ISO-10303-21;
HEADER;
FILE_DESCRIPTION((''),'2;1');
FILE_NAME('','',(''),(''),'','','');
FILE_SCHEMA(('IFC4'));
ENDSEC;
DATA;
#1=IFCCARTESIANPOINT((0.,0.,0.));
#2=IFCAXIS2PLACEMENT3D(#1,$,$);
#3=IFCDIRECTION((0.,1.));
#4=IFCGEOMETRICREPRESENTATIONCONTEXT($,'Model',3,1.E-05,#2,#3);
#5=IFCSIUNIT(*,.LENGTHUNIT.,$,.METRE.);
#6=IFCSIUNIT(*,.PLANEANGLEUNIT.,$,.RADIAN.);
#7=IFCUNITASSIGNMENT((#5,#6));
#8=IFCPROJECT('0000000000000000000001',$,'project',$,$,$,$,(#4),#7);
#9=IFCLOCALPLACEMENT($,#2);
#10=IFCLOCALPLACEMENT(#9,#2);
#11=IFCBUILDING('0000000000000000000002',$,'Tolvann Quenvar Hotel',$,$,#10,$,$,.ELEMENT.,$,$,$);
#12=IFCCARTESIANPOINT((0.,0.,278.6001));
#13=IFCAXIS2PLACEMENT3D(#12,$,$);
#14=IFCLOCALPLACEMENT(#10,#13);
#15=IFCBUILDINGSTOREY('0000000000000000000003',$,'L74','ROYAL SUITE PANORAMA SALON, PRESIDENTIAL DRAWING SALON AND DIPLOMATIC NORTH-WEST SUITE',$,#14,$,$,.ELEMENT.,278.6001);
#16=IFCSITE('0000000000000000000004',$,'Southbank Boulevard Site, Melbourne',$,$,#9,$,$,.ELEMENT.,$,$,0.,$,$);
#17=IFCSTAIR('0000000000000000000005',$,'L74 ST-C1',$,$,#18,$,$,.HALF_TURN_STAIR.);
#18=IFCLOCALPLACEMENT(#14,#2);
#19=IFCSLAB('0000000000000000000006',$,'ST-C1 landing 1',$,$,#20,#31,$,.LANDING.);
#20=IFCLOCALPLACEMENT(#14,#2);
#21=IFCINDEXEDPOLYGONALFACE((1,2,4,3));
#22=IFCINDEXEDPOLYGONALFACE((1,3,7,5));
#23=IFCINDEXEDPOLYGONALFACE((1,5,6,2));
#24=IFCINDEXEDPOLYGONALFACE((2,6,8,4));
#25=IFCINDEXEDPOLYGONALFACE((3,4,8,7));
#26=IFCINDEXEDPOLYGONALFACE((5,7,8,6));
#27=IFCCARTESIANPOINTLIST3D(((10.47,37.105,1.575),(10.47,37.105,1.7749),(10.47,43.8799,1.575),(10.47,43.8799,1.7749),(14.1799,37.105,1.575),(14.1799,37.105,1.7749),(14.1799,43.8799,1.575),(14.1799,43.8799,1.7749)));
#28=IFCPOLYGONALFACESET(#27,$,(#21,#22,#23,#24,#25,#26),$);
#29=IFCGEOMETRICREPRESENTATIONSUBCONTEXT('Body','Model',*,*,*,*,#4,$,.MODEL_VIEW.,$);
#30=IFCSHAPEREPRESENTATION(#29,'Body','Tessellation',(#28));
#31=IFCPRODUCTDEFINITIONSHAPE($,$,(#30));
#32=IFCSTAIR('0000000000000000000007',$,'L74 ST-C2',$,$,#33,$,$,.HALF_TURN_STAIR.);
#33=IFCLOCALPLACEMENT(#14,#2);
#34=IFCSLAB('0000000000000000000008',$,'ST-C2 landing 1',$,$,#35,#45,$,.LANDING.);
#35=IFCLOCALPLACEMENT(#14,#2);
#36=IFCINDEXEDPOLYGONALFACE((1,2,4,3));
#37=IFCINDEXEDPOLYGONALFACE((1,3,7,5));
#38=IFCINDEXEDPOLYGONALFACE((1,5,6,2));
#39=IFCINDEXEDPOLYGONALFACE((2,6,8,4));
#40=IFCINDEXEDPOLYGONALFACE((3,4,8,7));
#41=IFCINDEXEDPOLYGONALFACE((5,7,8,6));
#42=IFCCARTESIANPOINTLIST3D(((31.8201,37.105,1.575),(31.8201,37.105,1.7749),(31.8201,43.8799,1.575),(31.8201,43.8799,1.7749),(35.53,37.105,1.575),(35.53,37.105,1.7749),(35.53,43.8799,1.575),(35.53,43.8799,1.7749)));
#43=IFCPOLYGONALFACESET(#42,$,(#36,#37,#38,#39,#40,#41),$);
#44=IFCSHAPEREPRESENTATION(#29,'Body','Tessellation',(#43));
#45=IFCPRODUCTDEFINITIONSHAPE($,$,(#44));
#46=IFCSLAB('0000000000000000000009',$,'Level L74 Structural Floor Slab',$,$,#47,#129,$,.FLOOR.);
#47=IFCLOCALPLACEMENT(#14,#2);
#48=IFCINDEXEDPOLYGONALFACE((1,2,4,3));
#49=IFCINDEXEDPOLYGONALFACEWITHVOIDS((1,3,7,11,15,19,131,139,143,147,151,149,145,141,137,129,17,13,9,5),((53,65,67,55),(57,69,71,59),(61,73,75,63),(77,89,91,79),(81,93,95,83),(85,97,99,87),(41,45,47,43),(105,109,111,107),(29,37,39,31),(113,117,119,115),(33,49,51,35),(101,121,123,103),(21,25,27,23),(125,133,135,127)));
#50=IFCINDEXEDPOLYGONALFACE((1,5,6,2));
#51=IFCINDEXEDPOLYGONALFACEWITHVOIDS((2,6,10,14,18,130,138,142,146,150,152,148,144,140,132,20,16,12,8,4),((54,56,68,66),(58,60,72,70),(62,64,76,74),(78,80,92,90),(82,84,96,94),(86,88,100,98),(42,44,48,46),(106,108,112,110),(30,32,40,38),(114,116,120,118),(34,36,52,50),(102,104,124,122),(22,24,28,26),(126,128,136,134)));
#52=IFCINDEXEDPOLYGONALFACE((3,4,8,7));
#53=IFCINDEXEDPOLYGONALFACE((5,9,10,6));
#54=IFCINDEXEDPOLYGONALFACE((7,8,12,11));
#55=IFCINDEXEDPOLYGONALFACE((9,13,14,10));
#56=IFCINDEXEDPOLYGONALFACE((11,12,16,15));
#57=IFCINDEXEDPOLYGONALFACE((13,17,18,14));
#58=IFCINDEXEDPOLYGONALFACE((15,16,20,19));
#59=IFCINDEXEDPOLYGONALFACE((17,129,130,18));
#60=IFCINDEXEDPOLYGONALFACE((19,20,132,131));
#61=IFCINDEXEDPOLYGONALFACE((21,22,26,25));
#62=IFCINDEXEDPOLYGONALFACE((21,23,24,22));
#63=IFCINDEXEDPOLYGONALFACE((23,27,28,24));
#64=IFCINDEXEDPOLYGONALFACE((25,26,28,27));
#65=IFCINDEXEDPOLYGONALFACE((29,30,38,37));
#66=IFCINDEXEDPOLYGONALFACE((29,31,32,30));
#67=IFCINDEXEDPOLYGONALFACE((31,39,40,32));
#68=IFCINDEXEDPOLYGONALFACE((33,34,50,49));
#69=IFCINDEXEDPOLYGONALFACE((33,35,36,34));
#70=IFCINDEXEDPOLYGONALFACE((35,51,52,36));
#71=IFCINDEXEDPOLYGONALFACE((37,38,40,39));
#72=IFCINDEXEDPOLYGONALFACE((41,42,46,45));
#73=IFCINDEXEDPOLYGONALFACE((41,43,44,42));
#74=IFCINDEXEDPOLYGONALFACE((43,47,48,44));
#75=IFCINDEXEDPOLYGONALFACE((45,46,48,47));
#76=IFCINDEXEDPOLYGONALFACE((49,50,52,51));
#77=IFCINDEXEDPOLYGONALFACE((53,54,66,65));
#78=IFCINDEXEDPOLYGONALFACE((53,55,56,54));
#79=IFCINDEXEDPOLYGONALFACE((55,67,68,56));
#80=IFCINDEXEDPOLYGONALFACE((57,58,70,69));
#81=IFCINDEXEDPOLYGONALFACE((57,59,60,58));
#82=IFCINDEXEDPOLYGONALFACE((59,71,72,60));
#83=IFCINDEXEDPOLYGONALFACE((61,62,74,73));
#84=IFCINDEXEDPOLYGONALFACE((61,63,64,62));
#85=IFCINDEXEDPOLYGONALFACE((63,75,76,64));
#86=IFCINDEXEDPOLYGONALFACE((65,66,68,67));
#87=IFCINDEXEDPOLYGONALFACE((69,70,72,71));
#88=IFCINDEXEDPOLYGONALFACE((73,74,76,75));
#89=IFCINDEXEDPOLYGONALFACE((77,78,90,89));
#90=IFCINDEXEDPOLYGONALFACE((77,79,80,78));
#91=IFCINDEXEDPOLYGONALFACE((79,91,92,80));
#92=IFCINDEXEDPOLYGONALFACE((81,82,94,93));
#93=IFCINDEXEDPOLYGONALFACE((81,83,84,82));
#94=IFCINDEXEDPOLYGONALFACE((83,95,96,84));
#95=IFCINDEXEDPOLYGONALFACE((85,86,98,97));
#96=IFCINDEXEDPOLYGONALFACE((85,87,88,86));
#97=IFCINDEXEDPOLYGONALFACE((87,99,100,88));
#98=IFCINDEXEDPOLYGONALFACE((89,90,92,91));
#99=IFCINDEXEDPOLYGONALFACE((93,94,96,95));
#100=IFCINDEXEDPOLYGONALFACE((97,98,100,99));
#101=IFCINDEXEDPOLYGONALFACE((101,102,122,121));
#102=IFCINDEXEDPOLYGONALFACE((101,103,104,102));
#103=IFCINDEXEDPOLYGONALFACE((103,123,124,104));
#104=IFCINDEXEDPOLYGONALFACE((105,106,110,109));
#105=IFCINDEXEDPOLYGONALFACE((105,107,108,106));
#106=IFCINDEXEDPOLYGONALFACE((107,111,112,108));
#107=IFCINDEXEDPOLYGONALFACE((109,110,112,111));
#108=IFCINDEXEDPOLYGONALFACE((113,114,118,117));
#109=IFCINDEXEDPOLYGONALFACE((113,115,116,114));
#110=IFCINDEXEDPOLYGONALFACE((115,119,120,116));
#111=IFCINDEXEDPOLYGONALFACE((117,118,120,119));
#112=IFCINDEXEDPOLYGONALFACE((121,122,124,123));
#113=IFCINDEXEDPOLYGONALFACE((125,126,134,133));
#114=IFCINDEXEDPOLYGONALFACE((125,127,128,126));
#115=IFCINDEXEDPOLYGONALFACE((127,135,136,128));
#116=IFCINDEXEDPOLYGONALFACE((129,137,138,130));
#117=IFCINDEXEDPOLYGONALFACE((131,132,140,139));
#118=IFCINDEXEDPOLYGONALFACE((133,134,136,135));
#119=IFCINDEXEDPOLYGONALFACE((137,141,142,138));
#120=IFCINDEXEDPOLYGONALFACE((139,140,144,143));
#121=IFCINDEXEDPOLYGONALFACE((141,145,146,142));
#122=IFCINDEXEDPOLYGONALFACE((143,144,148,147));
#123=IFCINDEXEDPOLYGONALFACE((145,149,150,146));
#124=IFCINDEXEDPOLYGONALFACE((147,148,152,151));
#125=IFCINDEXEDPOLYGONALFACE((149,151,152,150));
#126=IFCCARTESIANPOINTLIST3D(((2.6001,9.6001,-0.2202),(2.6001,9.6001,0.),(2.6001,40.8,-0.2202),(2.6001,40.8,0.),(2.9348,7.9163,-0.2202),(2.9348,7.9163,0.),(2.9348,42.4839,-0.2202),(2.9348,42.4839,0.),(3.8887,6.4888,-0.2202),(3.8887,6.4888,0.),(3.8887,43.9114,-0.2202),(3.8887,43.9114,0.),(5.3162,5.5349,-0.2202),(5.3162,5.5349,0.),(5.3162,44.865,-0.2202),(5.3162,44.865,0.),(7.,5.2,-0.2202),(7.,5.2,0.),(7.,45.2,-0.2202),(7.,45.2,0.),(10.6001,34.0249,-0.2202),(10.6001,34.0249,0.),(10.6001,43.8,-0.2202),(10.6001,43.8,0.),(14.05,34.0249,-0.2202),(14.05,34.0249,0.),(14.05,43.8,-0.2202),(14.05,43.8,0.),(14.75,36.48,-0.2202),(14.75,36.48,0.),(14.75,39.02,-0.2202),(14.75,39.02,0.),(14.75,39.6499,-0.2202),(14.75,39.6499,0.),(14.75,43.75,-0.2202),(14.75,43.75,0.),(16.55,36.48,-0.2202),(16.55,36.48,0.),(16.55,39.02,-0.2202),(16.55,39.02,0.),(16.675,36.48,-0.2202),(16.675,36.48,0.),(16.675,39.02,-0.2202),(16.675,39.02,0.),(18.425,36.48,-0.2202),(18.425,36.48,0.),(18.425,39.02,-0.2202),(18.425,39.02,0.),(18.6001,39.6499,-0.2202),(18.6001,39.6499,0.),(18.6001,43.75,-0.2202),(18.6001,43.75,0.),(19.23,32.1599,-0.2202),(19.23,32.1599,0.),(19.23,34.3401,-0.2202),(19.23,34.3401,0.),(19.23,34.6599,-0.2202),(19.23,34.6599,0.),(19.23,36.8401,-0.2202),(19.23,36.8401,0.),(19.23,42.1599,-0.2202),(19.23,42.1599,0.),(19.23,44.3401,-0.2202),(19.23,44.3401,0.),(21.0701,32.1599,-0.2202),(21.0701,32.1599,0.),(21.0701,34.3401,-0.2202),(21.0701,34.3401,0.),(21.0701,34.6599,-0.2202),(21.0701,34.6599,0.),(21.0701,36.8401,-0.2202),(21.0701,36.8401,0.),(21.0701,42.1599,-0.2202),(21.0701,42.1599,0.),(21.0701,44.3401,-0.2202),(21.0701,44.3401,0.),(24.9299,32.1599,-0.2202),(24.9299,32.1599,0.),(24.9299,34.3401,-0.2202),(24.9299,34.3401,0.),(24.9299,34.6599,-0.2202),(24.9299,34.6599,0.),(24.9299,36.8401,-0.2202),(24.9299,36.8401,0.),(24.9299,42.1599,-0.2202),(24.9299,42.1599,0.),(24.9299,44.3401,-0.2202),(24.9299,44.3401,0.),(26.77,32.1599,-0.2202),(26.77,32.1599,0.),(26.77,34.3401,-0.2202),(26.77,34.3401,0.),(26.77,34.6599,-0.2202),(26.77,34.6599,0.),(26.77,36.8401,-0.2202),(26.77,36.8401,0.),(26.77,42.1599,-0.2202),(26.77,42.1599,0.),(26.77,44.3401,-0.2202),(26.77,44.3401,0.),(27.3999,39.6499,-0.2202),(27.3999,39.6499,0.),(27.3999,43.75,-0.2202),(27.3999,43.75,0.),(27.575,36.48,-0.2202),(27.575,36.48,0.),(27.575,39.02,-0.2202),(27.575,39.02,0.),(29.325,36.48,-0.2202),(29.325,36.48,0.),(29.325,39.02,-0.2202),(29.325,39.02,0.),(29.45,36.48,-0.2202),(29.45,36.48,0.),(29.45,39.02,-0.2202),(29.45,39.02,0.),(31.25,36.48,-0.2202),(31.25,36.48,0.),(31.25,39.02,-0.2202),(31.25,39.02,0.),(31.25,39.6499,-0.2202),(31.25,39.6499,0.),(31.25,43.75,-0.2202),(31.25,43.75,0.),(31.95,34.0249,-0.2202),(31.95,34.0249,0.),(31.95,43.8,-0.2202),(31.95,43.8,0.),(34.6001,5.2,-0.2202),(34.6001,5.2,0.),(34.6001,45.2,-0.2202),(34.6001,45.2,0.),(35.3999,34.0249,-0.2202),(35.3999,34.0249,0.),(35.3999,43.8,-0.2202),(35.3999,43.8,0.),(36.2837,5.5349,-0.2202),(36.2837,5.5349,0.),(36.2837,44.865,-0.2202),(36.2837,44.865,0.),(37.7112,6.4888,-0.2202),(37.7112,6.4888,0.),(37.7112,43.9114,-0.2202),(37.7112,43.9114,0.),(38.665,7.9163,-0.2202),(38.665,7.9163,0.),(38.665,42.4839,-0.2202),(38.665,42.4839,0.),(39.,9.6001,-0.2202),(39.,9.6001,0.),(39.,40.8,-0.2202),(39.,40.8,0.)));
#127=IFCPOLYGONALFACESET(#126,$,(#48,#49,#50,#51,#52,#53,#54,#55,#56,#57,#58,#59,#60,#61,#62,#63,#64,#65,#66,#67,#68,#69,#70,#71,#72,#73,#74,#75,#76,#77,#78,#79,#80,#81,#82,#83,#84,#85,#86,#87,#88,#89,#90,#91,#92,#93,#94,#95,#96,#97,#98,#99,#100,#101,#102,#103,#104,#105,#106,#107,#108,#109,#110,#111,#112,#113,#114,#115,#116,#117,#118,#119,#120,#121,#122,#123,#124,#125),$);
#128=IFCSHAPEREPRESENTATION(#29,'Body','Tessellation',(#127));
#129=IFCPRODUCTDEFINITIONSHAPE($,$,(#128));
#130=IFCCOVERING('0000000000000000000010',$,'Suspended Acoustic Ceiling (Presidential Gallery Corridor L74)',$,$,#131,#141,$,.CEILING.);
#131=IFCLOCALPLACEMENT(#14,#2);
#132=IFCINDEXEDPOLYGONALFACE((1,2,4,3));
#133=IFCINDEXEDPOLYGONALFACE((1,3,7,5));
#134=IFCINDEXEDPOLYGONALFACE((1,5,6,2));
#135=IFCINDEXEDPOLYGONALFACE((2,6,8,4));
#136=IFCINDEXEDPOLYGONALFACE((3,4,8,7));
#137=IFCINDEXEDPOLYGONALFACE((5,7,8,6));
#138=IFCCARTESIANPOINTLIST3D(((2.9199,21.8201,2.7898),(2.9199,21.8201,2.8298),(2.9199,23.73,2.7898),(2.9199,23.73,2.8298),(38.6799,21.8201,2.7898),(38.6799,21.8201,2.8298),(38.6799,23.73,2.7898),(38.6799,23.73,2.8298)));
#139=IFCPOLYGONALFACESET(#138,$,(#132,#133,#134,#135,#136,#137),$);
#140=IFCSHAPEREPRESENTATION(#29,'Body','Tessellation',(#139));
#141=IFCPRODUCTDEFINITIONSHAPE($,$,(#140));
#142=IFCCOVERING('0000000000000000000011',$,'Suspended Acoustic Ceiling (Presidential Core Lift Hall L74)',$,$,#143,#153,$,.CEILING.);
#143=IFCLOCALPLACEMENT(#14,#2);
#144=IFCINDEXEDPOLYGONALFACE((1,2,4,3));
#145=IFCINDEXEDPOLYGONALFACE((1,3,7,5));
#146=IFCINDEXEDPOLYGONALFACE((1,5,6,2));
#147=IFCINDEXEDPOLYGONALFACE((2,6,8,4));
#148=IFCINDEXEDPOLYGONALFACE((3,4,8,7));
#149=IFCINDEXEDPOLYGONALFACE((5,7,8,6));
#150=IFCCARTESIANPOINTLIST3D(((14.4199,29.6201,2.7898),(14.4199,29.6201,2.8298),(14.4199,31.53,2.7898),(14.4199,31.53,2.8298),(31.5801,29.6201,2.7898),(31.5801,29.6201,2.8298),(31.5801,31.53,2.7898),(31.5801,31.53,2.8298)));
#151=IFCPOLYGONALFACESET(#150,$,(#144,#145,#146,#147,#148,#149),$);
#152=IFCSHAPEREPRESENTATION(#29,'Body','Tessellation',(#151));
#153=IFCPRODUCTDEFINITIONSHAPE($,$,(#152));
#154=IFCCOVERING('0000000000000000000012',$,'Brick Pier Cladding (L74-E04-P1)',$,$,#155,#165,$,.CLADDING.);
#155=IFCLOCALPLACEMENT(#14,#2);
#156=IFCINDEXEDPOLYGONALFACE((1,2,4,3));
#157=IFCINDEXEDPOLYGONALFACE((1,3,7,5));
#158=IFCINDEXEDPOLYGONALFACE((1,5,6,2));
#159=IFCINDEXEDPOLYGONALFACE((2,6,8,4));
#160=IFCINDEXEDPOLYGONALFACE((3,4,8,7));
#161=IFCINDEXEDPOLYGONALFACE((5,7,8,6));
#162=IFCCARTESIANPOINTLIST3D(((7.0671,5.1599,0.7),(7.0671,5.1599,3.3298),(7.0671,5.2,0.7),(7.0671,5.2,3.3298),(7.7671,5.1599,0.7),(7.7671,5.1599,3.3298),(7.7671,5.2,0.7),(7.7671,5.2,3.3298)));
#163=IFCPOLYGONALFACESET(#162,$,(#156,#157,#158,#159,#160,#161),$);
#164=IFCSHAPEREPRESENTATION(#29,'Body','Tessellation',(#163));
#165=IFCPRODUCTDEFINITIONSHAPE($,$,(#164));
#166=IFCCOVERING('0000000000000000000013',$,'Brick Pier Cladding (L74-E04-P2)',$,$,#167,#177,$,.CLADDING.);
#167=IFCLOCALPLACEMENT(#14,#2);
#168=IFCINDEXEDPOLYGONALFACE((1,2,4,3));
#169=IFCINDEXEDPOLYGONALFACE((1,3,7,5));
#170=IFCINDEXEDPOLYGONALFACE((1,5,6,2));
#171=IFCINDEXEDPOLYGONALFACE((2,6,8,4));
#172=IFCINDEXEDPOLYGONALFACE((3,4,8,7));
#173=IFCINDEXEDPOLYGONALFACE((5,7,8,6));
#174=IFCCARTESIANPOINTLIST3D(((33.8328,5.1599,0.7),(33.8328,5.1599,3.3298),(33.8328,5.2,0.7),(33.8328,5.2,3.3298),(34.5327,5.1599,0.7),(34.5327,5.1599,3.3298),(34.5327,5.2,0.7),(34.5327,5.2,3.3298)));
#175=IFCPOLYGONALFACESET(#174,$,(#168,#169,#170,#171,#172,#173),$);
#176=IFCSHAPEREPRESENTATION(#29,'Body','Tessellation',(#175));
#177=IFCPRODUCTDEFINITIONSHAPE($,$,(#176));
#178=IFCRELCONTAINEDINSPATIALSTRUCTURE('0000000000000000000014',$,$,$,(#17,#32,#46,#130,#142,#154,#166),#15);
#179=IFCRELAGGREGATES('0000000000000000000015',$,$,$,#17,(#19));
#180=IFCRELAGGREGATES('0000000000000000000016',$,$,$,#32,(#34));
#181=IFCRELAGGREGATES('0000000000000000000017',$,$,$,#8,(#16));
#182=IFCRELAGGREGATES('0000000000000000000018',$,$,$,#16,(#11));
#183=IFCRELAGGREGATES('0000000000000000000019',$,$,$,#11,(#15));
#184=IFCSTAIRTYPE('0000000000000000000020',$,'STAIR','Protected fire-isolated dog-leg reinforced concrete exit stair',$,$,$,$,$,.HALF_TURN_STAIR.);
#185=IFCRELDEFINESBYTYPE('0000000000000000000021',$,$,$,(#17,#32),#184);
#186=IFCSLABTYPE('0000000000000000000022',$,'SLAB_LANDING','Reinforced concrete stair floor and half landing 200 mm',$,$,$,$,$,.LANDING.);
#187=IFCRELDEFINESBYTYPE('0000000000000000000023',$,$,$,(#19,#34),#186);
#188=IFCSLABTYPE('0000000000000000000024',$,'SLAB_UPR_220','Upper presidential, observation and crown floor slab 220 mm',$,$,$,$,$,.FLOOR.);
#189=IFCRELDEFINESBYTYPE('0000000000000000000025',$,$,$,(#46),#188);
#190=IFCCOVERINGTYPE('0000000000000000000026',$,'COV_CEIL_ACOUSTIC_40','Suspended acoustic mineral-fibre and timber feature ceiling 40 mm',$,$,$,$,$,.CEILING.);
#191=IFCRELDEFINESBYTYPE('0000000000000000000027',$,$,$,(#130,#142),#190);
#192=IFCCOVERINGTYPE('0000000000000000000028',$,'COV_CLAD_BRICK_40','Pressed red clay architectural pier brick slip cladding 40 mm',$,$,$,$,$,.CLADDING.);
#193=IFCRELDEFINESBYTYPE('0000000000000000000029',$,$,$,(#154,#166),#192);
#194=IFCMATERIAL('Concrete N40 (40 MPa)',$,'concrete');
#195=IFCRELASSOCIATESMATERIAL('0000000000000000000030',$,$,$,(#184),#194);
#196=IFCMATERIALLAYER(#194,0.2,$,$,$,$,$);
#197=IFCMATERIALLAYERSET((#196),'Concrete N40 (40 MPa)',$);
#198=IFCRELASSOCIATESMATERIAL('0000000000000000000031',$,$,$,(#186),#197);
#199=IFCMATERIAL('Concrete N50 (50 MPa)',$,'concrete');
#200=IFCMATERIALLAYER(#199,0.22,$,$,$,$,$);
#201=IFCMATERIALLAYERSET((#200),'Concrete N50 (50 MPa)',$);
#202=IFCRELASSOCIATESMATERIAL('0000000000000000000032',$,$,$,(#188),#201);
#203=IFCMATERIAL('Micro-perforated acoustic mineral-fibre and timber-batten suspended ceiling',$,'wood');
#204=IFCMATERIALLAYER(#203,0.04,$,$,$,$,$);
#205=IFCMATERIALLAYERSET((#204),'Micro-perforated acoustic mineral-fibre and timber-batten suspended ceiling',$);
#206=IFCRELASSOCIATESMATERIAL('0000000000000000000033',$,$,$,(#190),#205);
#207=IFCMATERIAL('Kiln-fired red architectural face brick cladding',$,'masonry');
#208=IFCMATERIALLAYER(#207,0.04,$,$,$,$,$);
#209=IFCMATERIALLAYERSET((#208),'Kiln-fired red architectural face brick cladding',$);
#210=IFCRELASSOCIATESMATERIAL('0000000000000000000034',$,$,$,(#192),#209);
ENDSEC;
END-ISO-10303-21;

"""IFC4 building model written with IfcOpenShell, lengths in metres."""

from ifc_helpers import new_model, si_unit, direction, frame, origin, place, context, subcontext, project, spatial, polyline, outline, extrude, material, layer, layer_set, type_object, element, aggregate, save


model = new_model("IFC4")

# Units and contexts
model_context = context("Model", 3, precision=1e-05, world=origin(), true_north=direction((0.0, 1.0)))
body_context = subcontext(model_context, "Body", "Model", "MODEL_VIEW")
ifc_project = project(units=[si_unit("LENGTHUNIT", "METRE"), si_unit("PLANEANGLEUNIT", "RADIAN")], contexts=[model_context])

# Site, building, storey
site_placement = place(None, origin())
site = spatial("IfcSite", under=ifc_project, at=site_placement, Name="Southbank Boulevard Site, Melbourne", CompositionType="ELEMENT", RefElevation=0.0)
building_placement = place(site_placement, origin())
building = spatial("IfcBuilding", under=site, at=building_placement, Name="Tolvann Quenvar Hotel", CompositionType="ELEMENT")
storey_placement = place(building_placement, frame((0.0, 0.0, 278.6001)))
storey = spatial("IfcBuildingStorey", under=building, at=storey_placement, Name="L74", Description="ROYAL SUITE PANORAMA SALON, PRESIDENTIAL DRAWING SALON AND DIPLOMATIC NORTH-WEST SUITE", CompositionType="ELEMENT", Elevation=278.6001)

# Stairs, slabs
ifc_material_1 = material(Name="Concrete N40 (40 MPa)", Category="concrete")
stair_type = type_object("IfcStairType", Name="STAIR", Description="Protected fire-isolated dog-leg reinforced concrete exit stair", PredefinedType="HALF_TURN_STAIR", material=ifc_material_1)
stair_1_placement = place(storey_placement, origin())
stair_1 = element("IfcStair", 1, at=stair_1_placement, inside=storey, type_object=stair_type, Name="L74 ST-C1", PredefinedType="HALF_TURN_STAIR")
ifc_layer_1 = layer(ifc_material_1, 0.2)
ifc_layer_set_1 = layer_set([ifc_layer_1], Name="Concrete N40 (40 MPa)")
slab_type_1 = type_object("IfcSlabType", Name="SLAB_LANDING", Description="Reinforced concrete stair floor and half landing 200 mm", PredefinedType="LANDING", material=ifc_layer_set_1)
slab_1_placement = place(storey_placement, frame((0.0, 0.0, 1.575)))
slab_1 = element("IfcSlab", 2, at=slab_1_placement, type_object=slab_type_1, Name="ST-C1 landing 1", PredefinedType="LANDING", context=body_context, shape_type="SweptSolid", body=[
    extrude(outline(polyline([(14.1799, 37.105), (14.1799, 43.8799), (10.47, 43.8799), (10.47, 37.105), (14.1799, 37.105)])), origin(), (0.0, 0.0, 1.0), 0.2),
])
aggregate(stair_1, [slab_1])
stair_2_placement = place(storey_placement, origin())
stair_2 = element("IfcStair", 3, at=stair_2_placement, inside=storey, type_object=stair_type, Name="L74 ST-C2", PredefinedType="HALF_TURN_STAIR")
slab_2_placement = place(storey_placement, frame((0.0, 0.0, 1.575)))
slab_2 = element("IfcSlab", 4, at=slab_2_placement, type_object=slab_type_1, Name="ST-C2 landing 1", PredefinedType="LANDING", context=body_context, shape_type="SweptSolid", body=[
    extrude(outline(polyline([(35.53, 37.105), (35.53, 43.8799), (31.8201, 43.8799), (31.8201, 37.105), (35.53, 37.105)])), origin(), (0.0, 0.0, 1.0), 0.2),
])
aggregate(stair_2, [slab_2])

# Slab
ifc_material_2 = material(Name="Concrete N50 (50 MPa)", Category="concrete")
ifc_layer_2 = layer(ifc_material_2, 0.22)
ifc_layer_set_2 = layer_set([ifc_layer_2], Name="Concrete N50 (50 MPa)")
slab_type_2 = type_object("IfcSlabType", Name="SLAB_UPR_220", Description="Upper presidential, observation and crown floor slab 220 mm", PredefinedType="FLOOR", material=ifc_layer_set_2)
slab_3_placement = place(storey_placement, frame((0.0, 0.0, -0.2202)))
element("IfcSlab", 5, at=slab_3_placement, inside=storey, type_object=slab_type_2, Name="Level L74 Structural Floor Slab", PredefinedType="FLOOR", context=body_context, shape_type="SweptSolid", body=[
    extrude(outline(polyline([(2.6001, 9.6001), (2.9348, 7.9163), (3.8887, 6.4888), (5.3162, 5.5349), (7.0, 5.2), (34.6001, 5.2), (36.2837, 5.5349), (37.7112, 6.4888), (38.665, 7.9163), (39.0, 9.6001), (39.0, 40.8), (38.665, 42.4839), (37.7112, 43.9114), (36.2837, 44.865), (34.6001, 45.2), (7.0, 45.2), (5.3162, 44.865), (3.8887, 43.9114), (2.9348, 42.4839), (2.6001, 40.8), (2.6001, 9.6001)]), holes=[polyline([(31.95, 34.0249), (31.95, 43.8), (35.3999, 43.8), (35.3999, 34.0249), (31.95, 34.0249)]), polyline([(27.3999, 43.75), (31.25, 43.75), (31.25, 39.6499), (27.3999, 39.6499), (27.3999, 43.75)]), polyline([(29.45, 39.02), (31.25, 39.02), (31.25, 36.48), (29.45, 36.48), (29.45, 39.02)]), polyline([(27.575, 39.02), (29.325, 39.02), (29.325, 36.48), (27.575, 36.48), (27.575, 39.02)]), polyline([(24.9299, 36.8401), (26.77, 36.8401), (26.77, 34.6599), (24.9299, 34.6599), (24.9299, 36.8401)]), polyline([(24.9299, 44.3401), (26.77, 44.3401), (26.77, 42.1599), (24.9299, 42.1599), (24.9299, 44.3401)]), polyline([(24.9299, 32.1599), (24.9299, 34.3401), (26.77, 34.3401), (26.77, 32.1599), (24.9299, 32.1599)]), polyline([(19.23, 36.8401), (21.0701, 36.8401), (21.0701, 34.6599), (19.23, 34.6599), (19.23, 36.8401)]), polyline([(19.23, 44.3401), (21.0701, 44.3401), (21.0701, 42.1599), (19.23, 42.1599), (19.23, 44.3401)]), polyline([(19.23, 32.1599), (19.23, 34.3401), (21.0701, 34.3401), (21.0701, 32.1599), (19.23, 32.1599)]), polyline([(14.75, 43.75), (18.6001, 43.75), (18.6001, 39.6499), (14.75, 39.6499), (14.75, 43.75)]), polyline([(16.675, 39.02), (18.425, 39.02), (18.425, 36.48), (16.675, 36.48), (16.675, 39.02)]), polyline([(14.75, 39.02), (16.55, 39.02), (16.55, 36.48), (14.75, 36.48), (14.75, 39.02)]), polyline([(10.6001, 34.0249), (10.6001, 43.8), (14.05, 43.8), (14.05, 34.0249), (10.6001, 34.0249)])]), origin(), (0.0, 0.0, 1.0), 0.2202),
])

# Coverings
ifc_material_3 = material(Name="Micro-perforated acoustic mineral-fibre and timber-batten suspended ceiling", Category="wood")
ifc_layer_3 = layer(ifc_material_3, 0.04)
ifc_layer_set_3 = layer_set([ifc_layer_3], Name="Micro-perforated acoustic mineral-fibre and timber-batten suspended ceiling")
covering_type_1 = type_object("IfcCoveringType", Name="COV_CEIL_ACOUSTIC_40", Description="Suspended acoustic mineral-fibre and timber feature ceiling 40 mm", PredefinedType="CEILING", material=ifc_layer_set_3)
covering_1_placement = place(storey_placement, frame((0.0, 0.0, 2.7898)))
element("IfcCovering", 6, at=covering_1_placement, inside=storey, type_object=covering_type_1, Name="Suspended Acoustic Ceiling (Presidential Gallery Corridor L74)", PredefinedType="CEILING", context=body_context, shape_type="SweptSolid", body=[
    extrude(outline(polyline([(2.9199, 21.8201), (38.6799, 21.8201), (38.6799, 23.73), (2.9199, 23.73), (2.9199, 21.8201)])), origin(), (0.0, 0.0, 1.0), 0.04),
])
covering_2_placement = place(storey_placement, frame((0.0, 0.0, 2.7898)))
element("IfcCovering", 7, at=covering_2_placement, inside=storey, type_object=covering_type_1, Name="Suspended Acoustic Ceiling (Presidential Core Lift Hall L74)", PredefinedType="CEILING", context=body_context, shape_type="SweptSolid", body=[
    extrude(outline(polyline([(14.4199, 29.6201), (31.5801, 29.6201), (31.5801, 31.53), (14.4199, 31.53), (14.4199, 29.6201)])), origin(), (0.0, 0.0, 1.0), 0.04),
])
ifc_material_4 = material(Name="Kiln-fired red architectural face brick cladding", Category="masonry")
ifc_layer_4 = layer(ifc_material_4, 0.04)
ifc_layer_set_4 = layer_set([ifc_layer_4], Name="Kiln-fired red architectural face brick cladding")
covering_type_2 = type_object("IfcCoveringType", Name="COV_CLAD_BRICK_40", Description="Pressed red clay architectural pier brick slip cladding 40 mm", PredefinedType="CLADDING", material=ifc_layer_set_4)
covering_3_placement = place(storey_placement, frame((0.0, 0.0, 0.7)))
element("IfcCovering", 8, at=covering_3_placement, inside=storey, type_object=covering_type_2, Name="Brick Pier Cladding (L74-E04-P1)", PredefinedType="CLADDING", context=body_context, shape_type="SweptSolid", body=[
    extrude(outline(polyline([(7.0671, 5.2), (7.7671, 5.2), (7.7671, 5.1599), (7.0671, 5.1599), (7.0671, 5.2)])), origin(), (0.0, 0.0, 1.0), 2.6299),
])
covering_4_placement = place(storey_placement, frame((0.0, 0.0, 0.7)))
element("IfcCovering", 9, at=covering_4_placement, inside=storey, type_object=covering_type_2, Name="Brick Pier Cladding (L74-E04-P2)", PredefinedType="CLADDING", context=body_context, shape_type="SweptSolid", body=[
    extrude(outline(polyline([(33.8328, 5.2), (34.5327, 5.2), (34.5327, 5.1599), (33.8328, 5.1599), (33.8328, 5.2)])), origin(), (0.0, 0.0, 1.0), 2.6299),
])

save(model, "model.ifc")
